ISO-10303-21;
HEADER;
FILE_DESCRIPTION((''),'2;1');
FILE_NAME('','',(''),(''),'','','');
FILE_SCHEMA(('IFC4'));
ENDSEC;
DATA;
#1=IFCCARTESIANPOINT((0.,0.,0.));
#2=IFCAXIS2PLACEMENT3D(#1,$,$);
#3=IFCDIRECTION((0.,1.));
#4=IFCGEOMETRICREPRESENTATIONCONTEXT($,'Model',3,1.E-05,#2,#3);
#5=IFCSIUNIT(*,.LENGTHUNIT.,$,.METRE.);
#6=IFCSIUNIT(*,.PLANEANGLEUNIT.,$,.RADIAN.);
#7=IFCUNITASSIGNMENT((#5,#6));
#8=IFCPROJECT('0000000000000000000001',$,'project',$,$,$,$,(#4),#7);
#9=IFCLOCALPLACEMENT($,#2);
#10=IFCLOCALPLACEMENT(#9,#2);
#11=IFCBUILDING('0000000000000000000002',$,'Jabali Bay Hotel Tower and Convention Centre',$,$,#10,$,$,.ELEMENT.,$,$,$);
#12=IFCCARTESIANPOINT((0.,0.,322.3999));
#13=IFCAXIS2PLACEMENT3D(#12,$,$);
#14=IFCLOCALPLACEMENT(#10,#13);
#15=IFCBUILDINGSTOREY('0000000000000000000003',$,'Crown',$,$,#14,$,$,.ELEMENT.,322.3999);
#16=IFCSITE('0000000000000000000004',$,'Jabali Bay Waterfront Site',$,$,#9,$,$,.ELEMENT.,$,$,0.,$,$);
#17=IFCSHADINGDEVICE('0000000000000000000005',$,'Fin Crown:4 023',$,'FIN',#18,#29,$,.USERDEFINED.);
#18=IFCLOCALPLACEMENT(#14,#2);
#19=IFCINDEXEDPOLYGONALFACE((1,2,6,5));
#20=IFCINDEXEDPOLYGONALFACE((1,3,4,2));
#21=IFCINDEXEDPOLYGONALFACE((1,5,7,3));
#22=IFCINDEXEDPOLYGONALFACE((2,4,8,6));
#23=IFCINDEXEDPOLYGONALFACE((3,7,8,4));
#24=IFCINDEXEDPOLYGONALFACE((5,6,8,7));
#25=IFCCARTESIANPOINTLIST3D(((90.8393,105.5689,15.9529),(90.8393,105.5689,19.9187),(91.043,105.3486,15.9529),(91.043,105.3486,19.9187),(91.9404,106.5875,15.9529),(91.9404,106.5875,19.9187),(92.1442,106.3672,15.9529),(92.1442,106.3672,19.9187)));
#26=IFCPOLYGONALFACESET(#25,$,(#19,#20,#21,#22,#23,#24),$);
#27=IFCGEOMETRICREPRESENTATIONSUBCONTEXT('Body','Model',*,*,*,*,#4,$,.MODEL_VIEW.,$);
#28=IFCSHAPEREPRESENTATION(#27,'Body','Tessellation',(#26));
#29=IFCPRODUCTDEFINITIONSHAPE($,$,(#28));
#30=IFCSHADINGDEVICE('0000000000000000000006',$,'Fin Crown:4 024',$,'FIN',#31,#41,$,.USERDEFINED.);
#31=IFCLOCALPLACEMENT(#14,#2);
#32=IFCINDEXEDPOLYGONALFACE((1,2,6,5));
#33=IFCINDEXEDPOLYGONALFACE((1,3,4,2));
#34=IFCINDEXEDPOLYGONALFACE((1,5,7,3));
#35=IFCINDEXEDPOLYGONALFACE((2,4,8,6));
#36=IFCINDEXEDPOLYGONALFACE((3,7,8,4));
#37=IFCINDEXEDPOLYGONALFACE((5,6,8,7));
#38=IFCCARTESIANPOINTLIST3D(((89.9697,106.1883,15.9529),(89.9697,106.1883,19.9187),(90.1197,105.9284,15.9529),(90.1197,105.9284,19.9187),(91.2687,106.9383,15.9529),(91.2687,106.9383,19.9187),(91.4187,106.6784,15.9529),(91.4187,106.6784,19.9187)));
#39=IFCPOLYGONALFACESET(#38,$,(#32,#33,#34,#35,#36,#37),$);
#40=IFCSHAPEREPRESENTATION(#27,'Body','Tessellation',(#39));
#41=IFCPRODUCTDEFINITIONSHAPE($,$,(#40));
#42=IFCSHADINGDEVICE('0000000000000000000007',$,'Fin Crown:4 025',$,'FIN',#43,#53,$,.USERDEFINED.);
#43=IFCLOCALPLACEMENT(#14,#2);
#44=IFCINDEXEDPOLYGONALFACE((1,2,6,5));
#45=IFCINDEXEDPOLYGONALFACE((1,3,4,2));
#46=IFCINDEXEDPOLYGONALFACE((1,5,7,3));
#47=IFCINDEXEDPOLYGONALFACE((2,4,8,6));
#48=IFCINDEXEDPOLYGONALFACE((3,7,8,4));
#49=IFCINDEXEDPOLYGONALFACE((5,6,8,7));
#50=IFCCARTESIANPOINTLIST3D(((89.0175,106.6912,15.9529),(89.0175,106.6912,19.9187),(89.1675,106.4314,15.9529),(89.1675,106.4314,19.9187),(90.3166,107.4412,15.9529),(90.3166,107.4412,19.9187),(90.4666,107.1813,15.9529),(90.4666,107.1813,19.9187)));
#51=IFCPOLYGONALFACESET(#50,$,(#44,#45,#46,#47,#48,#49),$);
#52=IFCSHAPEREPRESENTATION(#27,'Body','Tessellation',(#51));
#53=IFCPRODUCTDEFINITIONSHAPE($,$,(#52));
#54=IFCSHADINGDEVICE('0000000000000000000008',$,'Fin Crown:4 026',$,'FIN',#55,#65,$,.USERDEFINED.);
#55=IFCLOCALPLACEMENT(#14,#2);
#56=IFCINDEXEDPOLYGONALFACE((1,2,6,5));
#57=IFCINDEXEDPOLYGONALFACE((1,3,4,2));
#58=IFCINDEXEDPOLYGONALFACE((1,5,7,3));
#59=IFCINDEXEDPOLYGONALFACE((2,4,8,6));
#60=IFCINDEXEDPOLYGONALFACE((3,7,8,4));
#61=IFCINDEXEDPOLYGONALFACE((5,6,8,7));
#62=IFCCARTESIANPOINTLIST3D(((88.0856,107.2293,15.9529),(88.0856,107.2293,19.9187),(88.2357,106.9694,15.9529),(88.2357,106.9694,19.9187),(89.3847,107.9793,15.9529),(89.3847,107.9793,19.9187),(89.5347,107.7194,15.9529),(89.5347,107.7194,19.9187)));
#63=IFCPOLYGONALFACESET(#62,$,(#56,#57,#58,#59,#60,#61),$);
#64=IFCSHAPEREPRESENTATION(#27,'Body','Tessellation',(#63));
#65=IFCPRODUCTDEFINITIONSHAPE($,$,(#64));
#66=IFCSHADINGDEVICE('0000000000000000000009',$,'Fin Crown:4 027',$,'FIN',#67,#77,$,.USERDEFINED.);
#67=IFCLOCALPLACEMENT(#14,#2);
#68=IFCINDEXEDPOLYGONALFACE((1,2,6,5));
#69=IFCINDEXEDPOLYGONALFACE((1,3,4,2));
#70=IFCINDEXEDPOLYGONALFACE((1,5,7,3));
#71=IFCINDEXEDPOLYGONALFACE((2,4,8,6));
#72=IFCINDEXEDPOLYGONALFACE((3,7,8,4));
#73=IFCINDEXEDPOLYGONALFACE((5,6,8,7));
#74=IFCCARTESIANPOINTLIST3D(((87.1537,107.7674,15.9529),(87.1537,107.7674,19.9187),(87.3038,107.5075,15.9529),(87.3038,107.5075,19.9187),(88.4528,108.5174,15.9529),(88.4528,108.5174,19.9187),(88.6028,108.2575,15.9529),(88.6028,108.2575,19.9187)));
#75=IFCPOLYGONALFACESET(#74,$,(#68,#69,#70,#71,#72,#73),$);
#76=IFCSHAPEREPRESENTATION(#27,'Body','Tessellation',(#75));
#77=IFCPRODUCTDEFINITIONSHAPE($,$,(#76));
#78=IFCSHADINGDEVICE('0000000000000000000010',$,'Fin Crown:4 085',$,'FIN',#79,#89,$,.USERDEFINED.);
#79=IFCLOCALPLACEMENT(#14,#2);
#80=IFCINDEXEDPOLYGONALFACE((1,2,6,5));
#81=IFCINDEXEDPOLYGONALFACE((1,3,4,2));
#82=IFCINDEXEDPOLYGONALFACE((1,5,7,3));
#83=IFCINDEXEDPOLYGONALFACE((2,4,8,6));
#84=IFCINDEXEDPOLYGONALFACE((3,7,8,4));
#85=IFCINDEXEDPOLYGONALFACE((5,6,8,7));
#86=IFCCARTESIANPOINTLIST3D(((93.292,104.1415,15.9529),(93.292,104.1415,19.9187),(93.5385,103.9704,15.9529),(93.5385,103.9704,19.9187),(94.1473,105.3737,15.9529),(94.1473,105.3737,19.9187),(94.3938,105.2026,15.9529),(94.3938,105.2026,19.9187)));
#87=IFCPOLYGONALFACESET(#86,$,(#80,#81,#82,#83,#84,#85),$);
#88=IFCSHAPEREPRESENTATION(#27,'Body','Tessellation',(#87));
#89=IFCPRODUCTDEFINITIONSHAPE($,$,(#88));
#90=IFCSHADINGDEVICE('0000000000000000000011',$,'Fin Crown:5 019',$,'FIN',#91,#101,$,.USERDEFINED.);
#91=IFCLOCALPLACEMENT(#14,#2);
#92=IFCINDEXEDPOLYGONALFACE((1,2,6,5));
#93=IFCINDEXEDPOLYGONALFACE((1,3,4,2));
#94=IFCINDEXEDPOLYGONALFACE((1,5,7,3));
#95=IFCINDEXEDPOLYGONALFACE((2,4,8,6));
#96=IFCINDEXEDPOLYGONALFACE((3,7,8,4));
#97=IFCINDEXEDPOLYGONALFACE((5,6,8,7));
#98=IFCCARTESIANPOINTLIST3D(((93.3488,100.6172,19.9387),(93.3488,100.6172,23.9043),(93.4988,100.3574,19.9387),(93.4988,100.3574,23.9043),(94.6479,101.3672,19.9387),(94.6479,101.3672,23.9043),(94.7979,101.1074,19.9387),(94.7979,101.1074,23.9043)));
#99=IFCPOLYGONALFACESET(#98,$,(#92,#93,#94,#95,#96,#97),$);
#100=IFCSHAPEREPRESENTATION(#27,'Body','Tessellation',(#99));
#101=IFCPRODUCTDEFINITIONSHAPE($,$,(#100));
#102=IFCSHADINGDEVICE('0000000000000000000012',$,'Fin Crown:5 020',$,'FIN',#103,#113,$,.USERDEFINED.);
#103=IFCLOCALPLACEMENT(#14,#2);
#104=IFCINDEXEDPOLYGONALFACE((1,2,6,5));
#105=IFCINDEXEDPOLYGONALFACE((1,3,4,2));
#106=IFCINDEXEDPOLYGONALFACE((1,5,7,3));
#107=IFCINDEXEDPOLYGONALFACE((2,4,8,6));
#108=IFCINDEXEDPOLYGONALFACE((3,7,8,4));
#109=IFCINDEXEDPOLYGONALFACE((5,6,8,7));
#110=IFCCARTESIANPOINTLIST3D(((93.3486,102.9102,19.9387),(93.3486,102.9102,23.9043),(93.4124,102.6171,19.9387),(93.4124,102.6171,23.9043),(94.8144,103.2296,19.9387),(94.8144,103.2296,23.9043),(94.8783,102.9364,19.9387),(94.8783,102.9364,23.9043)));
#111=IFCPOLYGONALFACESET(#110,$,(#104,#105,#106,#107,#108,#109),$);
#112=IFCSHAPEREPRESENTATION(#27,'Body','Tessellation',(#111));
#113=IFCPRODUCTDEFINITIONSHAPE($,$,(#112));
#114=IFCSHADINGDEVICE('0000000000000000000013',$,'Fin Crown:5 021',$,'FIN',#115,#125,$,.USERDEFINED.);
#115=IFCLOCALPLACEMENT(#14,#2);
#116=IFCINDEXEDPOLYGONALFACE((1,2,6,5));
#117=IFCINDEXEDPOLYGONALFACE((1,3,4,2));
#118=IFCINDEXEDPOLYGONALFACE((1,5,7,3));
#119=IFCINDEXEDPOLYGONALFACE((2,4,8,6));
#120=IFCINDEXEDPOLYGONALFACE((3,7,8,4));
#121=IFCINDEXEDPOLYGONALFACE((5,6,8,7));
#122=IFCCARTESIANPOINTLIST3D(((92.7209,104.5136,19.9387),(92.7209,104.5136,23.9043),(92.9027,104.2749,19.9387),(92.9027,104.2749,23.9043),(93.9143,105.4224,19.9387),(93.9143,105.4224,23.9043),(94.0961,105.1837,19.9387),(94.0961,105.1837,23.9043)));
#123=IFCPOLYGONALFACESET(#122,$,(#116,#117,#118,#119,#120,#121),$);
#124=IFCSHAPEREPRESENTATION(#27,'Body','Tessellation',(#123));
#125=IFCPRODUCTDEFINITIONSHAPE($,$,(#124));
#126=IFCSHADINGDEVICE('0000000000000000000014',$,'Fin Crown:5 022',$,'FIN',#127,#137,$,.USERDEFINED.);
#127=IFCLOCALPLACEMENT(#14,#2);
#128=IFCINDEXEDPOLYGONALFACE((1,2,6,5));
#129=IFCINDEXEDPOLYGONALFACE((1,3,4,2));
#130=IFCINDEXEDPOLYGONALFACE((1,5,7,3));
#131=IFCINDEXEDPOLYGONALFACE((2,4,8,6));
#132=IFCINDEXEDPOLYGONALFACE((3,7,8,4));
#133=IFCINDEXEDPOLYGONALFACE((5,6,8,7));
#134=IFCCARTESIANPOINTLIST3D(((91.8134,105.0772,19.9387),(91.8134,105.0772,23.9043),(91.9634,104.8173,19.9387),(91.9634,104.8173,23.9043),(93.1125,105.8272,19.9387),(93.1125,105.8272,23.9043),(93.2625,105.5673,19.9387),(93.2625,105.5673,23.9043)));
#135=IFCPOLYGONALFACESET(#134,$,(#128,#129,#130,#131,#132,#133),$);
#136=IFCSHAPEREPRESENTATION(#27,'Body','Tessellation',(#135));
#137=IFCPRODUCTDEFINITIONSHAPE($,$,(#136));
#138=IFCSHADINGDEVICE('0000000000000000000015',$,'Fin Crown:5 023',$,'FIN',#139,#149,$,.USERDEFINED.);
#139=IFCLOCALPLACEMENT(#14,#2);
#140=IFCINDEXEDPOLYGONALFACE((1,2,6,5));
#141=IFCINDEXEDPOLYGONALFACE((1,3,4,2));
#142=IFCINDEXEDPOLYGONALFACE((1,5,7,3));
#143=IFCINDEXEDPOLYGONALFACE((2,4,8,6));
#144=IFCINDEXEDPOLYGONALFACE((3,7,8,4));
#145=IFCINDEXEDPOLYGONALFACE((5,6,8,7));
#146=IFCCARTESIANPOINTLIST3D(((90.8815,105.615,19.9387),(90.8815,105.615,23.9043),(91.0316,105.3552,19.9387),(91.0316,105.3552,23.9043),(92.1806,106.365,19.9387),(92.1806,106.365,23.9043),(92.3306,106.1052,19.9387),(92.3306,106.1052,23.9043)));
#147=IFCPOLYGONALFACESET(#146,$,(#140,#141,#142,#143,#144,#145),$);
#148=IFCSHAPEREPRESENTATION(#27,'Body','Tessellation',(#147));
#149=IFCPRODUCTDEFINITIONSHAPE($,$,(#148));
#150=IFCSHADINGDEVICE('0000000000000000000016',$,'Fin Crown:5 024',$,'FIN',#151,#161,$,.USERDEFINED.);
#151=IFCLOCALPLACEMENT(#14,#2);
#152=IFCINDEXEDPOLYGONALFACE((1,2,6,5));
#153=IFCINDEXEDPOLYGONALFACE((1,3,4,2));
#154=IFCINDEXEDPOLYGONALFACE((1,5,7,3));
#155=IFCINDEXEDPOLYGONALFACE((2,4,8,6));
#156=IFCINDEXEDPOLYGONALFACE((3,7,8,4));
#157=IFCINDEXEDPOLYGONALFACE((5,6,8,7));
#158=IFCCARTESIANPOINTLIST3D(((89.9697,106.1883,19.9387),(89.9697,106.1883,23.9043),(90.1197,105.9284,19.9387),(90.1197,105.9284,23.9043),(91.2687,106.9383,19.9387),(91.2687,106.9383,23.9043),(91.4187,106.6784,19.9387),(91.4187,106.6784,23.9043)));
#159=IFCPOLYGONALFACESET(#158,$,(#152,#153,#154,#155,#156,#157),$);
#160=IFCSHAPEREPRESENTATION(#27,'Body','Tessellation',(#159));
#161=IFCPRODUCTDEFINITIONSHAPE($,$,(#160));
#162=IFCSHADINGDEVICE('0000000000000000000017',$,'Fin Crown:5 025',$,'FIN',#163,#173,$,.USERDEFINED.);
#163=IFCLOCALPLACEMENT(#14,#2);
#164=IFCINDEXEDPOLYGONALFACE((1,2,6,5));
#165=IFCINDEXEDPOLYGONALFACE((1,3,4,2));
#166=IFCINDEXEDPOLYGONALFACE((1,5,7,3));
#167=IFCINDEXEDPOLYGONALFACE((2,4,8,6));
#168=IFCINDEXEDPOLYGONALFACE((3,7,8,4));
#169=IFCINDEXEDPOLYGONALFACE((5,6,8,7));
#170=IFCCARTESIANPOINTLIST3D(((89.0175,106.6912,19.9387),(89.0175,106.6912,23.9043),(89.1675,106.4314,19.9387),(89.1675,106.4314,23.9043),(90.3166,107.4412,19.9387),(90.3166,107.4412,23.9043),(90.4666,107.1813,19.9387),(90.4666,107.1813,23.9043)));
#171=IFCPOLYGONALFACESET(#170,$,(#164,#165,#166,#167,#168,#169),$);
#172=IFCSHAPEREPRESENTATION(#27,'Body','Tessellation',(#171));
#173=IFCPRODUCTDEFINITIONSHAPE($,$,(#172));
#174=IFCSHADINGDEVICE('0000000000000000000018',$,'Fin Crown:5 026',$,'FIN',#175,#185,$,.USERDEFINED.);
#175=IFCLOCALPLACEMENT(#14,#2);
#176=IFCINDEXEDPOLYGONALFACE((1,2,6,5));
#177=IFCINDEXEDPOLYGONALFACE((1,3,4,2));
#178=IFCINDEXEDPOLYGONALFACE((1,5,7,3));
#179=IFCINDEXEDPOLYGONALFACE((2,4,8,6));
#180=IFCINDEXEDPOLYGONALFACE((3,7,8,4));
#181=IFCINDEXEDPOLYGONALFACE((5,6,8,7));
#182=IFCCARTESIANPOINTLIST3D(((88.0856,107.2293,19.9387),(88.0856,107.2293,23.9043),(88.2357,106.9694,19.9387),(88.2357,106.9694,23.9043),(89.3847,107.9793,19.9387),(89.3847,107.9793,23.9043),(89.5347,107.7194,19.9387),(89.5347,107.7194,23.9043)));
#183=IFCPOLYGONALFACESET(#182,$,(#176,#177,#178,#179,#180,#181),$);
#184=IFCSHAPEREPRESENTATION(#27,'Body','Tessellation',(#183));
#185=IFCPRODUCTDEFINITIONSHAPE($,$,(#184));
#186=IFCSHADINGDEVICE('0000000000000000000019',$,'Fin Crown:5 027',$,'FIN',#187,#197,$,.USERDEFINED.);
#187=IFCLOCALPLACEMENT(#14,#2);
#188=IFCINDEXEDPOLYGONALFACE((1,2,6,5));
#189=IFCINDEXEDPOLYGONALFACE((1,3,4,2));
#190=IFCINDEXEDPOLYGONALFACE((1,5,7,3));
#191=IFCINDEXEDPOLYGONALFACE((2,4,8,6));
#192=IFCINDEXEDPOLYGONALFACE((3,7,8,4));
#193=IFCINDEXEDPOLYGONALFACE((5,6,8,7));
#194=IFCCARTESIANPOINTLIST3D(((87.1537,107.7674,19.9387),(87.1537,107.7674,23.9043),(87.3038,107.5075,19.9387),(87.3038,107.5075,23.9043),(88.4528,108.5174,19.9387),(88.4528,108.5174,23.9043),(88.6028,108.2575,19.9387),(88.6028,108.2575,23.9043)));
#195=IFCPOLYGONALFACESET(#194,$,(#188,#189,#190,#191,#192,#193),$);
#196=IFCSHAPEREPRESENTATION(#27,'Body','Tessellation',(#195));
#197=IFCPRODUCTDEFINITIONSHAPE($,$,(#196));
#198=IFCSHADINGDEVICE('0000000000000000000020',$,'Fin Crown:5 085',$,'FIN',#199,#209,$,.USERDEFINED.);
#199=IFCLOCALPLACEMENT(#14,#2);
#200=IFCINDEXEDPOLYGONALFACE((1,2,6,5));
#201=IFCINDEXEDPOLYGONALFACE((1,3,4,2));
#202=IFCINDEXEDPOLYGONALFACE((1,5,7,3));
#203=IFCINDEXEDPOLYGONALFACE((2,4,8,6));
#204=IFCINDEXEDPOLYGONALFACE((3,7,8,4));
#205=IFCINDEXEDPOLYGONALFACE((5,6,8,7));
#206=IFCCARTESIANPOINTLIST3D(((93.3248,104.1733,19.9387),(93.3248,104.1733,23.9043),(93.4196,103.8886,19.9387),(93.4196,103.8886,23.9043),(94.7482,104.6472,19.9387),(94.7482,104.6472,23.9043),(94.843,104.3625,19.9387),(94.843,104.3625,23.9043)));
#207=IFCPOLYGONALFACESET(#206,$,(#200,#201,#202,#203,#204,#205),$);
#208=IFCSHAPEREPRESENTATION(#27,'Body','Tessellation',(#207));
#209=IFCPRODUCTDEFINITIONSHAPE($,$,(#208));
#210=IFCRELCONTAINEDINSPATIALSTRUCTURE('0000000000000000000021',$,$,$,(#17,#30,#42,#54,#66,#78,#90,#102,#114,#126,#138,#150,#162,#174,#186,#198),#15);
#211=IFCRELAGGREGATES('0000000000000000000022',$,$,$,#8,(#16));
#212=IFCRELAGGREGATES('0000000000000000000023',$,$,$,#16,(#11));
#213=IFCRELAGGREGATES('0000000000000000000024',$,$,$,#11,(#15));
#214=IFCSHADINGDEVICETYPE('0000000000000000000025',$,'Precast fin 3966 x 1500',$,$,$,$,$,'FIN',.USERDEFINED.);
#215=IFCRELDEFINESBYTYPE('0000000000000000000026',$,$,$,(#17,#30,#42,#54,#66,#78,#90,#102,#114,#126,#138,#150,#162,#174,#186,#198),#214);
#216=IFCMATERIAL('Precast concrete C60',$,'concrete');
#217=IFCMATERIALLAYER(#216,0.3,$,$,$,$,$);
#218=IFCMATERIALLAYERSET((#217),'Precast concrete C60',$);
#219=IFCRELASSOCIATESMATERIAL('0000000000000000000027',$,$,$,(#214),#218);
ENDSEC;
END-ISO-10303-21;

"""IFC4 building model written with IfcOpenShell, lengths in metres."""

from ifc_helpers import new_model, si_unit, direction, frame, frame_2d, origin, place, context, subcontext, project, spatial, rectangle, extrude, material, layer, layer_set, type_object, element, save


model = new_model("IFC4")

# Units and contexts
model_context = context("Model", 3, precision=1e-05, world=origin(), true_north=direction((0.0, 1.0)))
body_context = subcontext(model_context, "Body", "Model", "MODEL_VIEW")
ifc_project = project(units=[si_unit("LENGTHUNIT", "METRE"), si_unit("PLANEANGLEUNIT", "RADIAN")], contexts=[model_context])

# Site, building, storey
site_placement = place(None, origin())
site = spatial("IfcSite", under=ifc_project, at=site_placement, Name="Jabali Bay Waterfront Site", CompositionType="ELEMENT", RefElevation=0.0)
building_placement = place(site_placement, origin())
building = spatial("IfcBuilding", under=site, at=building_placement, Name="Jabali Bay Hotel Tower and Convention Centre", CompositionType="ELEMENT")
storey_placement = place(building_placement, frame((0.0, 0.0, 322.3999)))
storey = spatial("IfcBuildingStorey", under=building, at=storey_placement, Name="Crown", CompositionType="ELEMENT", Elevation=322.3999)

# Shading devices
ifc_material_1 = material(Name="Precast concrete C60", Category="concrete")
ifc_layer = layer(ifc_material_1, 0.3)
ifc_layer_set = layer_set([ifc_layer], Name="Precast concrete C60")
shading_device_type = type_object("IfcShadingDeviceType", Name="Precast fin 3966 x 1500", ElementType="FIN", PredefinedType="USERDEFINED", material=ifc_layer_set)
for number, where, z_axis, x_axis, name in (
    (1, (90.9412, 105.4587, 15.9529), (0.0, 0.0, 1.0), (0.734079, 0.679064, 0.0), "Fin Crown:4 023"),
    (2, (90.0447, 106.0583, 15.9529), (0.0, 0.0, 1.0), (0.866031, 0.49999, 0.0), "Fin Crown:4 024"),
    (3, (89.0925, 106.5613, 15.9529), (0.0, 0.0, 1.0), (0.866031, 0.49999, 0.0), "Fin Crown:4 025"),
    (4, (88.1606, 107.0994, 15.9529), (0.0, 0.0, 1.0), (0.866031, 0.49999, 0.0), "Fin Crown:4 026"),
    (5, (87.2288, 107.6375, 15.9529), (0.0, 0.0, 1.0), (0.866031, 0.49999, 0.0), "Fin Crown:4 027"),
    (6, (93.4153, 104.0559, 15.9529), (0.0, 0.0, 1.0), (0.570191, 0.821512, 0.0), "Fin Crown:4 085"),
):
    element("IfcShadingDevice", number, at=place(storey_placement, frame(where, z_axis=z_axis, x_axis=x_axis)), inside=storey, type_object=shading_device_type, Name=name, ObjectType="FIN", PredefinedType="USERDEFINED", context=body_context, shape_type="SweptSolid", body=[
        extrude(rectangle(XDim=1.5, YDim=0.3, at=frame_2d((0.75, 0.0))), origin(), (0.0, 0.0, 1.0), 3.9658),
    ])
shading_device_1_placement = place(storey_placement, frame((93.4238, 100.4873, 19.9387), z_axis=(0.0, 0.0, 1.0), x_axis=(0.866031, 0.49999, 0.0)))
element("IfcShadingDevice", 7, at=shading_device_1_placement, inside=storey, type_object=shading_device_type, Name="Fin Crown:5 019", ObjectType="FIN", PredefinedType="USERDEFINED", context=body_context, shape_type="SweptSolid", body=[
    extrude(rectangle(XDim=1.5, YDim=0.3, at=frame_2d((0.75, 0.0))), origin(), (0.0, 0.0, 1.0), 3.9656),
])
shading_device_2_placement = place(storey_placement, frame((93.3806, 102.7637, 19.9387), z_axis=(0.0, 0.0, 1.0), x_axis=(0.977082, 0.212862, 0.0)))
element("IfcShadingDevice", 8, at=shading_device_2_placement, inside=storey, type_object=shading_device_type, Name="Fin Crown:5 020", ObjectType="FIN", PredefinedType="USERDEFINED", context=body_context, shape_type="SweptSolid", body=[
    extrude(rectangle(XDim=1.5002, YDim=0.3, at=frame_2d((0.75, 0.0))), origin(), (0.0, 0.0, 1.0), 3.9656),
])
for number, where, z_axis, x_axis, name in (
    (9, (92.8118, 104.3943, 19.9387), (0.0, 0.0, 1.0), (0.795604, 0.605818, 0.0), "Fin Crown:5 021"),
    (10, (91.8884, 104.9473, 19.9387), (0.0, 0.0, 1.0), (0.866031, 0.49999, 0.0), "Fin Crown:5 022"),
    (11, (90.9565, 105.4851, 19.9387), (0.0, 0.0, 1.0), (0.866031, 0.49999, 0.0), "Fin Crown:5 023"),
    (12, (90.0447, 106.0583, 19.9387), (0.0, 0.0, 1.0), (0.866031, 0.49999, 0.0), "Fin Crown:5 024"),
    (13, (89.0925, 106.5613, 19.9387), (0.0, 0.0, 1.0), (0.866031, 0.49999, 0.0), "Fin Crown:5 025"),
    (14, (88.1606, 107.0994, 19.9387), (0.0, 0.0, 1.0), (0.866031, 0.49999, 0.0), "Fin Crown:5 026"),
    (15, (87.2288, 107.6375, 19.9387), (0.0, 0.0, 1.0), (0.866031, 0.49999, 0.0), "Fin Crown:5 027"),
):
    element("IfcShadingDevice", number, at=place(storey_placement, frame(where, z_axis=z_axis, x_axis=x_axis)), inside=storey, type_object=shading_device_type, Name=name, ObjectType="FIN", PredefinedType="USERDEFINED", context=body_context, shape_type="SweptSolid", body=[
        extrude(rectangle(XDim=1.5, YDim=0.3, at=frame_2d((0.75, 0.0))), origin(), (0.0, 0.0, 1.0), 3.9656),
    ])
shading_device_3_placement = place(storey_placement, frame((93.3723, 104.031, 19.9387), z_axis=(0.0, 0.0, 1.0), x_axis=(0.948797, 0.315886, 0.0)))
element("IfcShadingDevice", 16, at=shading_device_3_placement, inside=storey, type_object=shading_device_type, Name="Fin Crown:5 085", ObjectType="FIN", PredefinedType="USERDEFINED", context=body_context, shape_type="SweptSolid", body=[
    extrude(rectangle(XDim=1.5002, YDim=0.3, at=frame_2d((0.75, 0.0))), origin(), (0.0, 0.0, 1.0), 3.9656),
])

save(model, "model.ifc")
